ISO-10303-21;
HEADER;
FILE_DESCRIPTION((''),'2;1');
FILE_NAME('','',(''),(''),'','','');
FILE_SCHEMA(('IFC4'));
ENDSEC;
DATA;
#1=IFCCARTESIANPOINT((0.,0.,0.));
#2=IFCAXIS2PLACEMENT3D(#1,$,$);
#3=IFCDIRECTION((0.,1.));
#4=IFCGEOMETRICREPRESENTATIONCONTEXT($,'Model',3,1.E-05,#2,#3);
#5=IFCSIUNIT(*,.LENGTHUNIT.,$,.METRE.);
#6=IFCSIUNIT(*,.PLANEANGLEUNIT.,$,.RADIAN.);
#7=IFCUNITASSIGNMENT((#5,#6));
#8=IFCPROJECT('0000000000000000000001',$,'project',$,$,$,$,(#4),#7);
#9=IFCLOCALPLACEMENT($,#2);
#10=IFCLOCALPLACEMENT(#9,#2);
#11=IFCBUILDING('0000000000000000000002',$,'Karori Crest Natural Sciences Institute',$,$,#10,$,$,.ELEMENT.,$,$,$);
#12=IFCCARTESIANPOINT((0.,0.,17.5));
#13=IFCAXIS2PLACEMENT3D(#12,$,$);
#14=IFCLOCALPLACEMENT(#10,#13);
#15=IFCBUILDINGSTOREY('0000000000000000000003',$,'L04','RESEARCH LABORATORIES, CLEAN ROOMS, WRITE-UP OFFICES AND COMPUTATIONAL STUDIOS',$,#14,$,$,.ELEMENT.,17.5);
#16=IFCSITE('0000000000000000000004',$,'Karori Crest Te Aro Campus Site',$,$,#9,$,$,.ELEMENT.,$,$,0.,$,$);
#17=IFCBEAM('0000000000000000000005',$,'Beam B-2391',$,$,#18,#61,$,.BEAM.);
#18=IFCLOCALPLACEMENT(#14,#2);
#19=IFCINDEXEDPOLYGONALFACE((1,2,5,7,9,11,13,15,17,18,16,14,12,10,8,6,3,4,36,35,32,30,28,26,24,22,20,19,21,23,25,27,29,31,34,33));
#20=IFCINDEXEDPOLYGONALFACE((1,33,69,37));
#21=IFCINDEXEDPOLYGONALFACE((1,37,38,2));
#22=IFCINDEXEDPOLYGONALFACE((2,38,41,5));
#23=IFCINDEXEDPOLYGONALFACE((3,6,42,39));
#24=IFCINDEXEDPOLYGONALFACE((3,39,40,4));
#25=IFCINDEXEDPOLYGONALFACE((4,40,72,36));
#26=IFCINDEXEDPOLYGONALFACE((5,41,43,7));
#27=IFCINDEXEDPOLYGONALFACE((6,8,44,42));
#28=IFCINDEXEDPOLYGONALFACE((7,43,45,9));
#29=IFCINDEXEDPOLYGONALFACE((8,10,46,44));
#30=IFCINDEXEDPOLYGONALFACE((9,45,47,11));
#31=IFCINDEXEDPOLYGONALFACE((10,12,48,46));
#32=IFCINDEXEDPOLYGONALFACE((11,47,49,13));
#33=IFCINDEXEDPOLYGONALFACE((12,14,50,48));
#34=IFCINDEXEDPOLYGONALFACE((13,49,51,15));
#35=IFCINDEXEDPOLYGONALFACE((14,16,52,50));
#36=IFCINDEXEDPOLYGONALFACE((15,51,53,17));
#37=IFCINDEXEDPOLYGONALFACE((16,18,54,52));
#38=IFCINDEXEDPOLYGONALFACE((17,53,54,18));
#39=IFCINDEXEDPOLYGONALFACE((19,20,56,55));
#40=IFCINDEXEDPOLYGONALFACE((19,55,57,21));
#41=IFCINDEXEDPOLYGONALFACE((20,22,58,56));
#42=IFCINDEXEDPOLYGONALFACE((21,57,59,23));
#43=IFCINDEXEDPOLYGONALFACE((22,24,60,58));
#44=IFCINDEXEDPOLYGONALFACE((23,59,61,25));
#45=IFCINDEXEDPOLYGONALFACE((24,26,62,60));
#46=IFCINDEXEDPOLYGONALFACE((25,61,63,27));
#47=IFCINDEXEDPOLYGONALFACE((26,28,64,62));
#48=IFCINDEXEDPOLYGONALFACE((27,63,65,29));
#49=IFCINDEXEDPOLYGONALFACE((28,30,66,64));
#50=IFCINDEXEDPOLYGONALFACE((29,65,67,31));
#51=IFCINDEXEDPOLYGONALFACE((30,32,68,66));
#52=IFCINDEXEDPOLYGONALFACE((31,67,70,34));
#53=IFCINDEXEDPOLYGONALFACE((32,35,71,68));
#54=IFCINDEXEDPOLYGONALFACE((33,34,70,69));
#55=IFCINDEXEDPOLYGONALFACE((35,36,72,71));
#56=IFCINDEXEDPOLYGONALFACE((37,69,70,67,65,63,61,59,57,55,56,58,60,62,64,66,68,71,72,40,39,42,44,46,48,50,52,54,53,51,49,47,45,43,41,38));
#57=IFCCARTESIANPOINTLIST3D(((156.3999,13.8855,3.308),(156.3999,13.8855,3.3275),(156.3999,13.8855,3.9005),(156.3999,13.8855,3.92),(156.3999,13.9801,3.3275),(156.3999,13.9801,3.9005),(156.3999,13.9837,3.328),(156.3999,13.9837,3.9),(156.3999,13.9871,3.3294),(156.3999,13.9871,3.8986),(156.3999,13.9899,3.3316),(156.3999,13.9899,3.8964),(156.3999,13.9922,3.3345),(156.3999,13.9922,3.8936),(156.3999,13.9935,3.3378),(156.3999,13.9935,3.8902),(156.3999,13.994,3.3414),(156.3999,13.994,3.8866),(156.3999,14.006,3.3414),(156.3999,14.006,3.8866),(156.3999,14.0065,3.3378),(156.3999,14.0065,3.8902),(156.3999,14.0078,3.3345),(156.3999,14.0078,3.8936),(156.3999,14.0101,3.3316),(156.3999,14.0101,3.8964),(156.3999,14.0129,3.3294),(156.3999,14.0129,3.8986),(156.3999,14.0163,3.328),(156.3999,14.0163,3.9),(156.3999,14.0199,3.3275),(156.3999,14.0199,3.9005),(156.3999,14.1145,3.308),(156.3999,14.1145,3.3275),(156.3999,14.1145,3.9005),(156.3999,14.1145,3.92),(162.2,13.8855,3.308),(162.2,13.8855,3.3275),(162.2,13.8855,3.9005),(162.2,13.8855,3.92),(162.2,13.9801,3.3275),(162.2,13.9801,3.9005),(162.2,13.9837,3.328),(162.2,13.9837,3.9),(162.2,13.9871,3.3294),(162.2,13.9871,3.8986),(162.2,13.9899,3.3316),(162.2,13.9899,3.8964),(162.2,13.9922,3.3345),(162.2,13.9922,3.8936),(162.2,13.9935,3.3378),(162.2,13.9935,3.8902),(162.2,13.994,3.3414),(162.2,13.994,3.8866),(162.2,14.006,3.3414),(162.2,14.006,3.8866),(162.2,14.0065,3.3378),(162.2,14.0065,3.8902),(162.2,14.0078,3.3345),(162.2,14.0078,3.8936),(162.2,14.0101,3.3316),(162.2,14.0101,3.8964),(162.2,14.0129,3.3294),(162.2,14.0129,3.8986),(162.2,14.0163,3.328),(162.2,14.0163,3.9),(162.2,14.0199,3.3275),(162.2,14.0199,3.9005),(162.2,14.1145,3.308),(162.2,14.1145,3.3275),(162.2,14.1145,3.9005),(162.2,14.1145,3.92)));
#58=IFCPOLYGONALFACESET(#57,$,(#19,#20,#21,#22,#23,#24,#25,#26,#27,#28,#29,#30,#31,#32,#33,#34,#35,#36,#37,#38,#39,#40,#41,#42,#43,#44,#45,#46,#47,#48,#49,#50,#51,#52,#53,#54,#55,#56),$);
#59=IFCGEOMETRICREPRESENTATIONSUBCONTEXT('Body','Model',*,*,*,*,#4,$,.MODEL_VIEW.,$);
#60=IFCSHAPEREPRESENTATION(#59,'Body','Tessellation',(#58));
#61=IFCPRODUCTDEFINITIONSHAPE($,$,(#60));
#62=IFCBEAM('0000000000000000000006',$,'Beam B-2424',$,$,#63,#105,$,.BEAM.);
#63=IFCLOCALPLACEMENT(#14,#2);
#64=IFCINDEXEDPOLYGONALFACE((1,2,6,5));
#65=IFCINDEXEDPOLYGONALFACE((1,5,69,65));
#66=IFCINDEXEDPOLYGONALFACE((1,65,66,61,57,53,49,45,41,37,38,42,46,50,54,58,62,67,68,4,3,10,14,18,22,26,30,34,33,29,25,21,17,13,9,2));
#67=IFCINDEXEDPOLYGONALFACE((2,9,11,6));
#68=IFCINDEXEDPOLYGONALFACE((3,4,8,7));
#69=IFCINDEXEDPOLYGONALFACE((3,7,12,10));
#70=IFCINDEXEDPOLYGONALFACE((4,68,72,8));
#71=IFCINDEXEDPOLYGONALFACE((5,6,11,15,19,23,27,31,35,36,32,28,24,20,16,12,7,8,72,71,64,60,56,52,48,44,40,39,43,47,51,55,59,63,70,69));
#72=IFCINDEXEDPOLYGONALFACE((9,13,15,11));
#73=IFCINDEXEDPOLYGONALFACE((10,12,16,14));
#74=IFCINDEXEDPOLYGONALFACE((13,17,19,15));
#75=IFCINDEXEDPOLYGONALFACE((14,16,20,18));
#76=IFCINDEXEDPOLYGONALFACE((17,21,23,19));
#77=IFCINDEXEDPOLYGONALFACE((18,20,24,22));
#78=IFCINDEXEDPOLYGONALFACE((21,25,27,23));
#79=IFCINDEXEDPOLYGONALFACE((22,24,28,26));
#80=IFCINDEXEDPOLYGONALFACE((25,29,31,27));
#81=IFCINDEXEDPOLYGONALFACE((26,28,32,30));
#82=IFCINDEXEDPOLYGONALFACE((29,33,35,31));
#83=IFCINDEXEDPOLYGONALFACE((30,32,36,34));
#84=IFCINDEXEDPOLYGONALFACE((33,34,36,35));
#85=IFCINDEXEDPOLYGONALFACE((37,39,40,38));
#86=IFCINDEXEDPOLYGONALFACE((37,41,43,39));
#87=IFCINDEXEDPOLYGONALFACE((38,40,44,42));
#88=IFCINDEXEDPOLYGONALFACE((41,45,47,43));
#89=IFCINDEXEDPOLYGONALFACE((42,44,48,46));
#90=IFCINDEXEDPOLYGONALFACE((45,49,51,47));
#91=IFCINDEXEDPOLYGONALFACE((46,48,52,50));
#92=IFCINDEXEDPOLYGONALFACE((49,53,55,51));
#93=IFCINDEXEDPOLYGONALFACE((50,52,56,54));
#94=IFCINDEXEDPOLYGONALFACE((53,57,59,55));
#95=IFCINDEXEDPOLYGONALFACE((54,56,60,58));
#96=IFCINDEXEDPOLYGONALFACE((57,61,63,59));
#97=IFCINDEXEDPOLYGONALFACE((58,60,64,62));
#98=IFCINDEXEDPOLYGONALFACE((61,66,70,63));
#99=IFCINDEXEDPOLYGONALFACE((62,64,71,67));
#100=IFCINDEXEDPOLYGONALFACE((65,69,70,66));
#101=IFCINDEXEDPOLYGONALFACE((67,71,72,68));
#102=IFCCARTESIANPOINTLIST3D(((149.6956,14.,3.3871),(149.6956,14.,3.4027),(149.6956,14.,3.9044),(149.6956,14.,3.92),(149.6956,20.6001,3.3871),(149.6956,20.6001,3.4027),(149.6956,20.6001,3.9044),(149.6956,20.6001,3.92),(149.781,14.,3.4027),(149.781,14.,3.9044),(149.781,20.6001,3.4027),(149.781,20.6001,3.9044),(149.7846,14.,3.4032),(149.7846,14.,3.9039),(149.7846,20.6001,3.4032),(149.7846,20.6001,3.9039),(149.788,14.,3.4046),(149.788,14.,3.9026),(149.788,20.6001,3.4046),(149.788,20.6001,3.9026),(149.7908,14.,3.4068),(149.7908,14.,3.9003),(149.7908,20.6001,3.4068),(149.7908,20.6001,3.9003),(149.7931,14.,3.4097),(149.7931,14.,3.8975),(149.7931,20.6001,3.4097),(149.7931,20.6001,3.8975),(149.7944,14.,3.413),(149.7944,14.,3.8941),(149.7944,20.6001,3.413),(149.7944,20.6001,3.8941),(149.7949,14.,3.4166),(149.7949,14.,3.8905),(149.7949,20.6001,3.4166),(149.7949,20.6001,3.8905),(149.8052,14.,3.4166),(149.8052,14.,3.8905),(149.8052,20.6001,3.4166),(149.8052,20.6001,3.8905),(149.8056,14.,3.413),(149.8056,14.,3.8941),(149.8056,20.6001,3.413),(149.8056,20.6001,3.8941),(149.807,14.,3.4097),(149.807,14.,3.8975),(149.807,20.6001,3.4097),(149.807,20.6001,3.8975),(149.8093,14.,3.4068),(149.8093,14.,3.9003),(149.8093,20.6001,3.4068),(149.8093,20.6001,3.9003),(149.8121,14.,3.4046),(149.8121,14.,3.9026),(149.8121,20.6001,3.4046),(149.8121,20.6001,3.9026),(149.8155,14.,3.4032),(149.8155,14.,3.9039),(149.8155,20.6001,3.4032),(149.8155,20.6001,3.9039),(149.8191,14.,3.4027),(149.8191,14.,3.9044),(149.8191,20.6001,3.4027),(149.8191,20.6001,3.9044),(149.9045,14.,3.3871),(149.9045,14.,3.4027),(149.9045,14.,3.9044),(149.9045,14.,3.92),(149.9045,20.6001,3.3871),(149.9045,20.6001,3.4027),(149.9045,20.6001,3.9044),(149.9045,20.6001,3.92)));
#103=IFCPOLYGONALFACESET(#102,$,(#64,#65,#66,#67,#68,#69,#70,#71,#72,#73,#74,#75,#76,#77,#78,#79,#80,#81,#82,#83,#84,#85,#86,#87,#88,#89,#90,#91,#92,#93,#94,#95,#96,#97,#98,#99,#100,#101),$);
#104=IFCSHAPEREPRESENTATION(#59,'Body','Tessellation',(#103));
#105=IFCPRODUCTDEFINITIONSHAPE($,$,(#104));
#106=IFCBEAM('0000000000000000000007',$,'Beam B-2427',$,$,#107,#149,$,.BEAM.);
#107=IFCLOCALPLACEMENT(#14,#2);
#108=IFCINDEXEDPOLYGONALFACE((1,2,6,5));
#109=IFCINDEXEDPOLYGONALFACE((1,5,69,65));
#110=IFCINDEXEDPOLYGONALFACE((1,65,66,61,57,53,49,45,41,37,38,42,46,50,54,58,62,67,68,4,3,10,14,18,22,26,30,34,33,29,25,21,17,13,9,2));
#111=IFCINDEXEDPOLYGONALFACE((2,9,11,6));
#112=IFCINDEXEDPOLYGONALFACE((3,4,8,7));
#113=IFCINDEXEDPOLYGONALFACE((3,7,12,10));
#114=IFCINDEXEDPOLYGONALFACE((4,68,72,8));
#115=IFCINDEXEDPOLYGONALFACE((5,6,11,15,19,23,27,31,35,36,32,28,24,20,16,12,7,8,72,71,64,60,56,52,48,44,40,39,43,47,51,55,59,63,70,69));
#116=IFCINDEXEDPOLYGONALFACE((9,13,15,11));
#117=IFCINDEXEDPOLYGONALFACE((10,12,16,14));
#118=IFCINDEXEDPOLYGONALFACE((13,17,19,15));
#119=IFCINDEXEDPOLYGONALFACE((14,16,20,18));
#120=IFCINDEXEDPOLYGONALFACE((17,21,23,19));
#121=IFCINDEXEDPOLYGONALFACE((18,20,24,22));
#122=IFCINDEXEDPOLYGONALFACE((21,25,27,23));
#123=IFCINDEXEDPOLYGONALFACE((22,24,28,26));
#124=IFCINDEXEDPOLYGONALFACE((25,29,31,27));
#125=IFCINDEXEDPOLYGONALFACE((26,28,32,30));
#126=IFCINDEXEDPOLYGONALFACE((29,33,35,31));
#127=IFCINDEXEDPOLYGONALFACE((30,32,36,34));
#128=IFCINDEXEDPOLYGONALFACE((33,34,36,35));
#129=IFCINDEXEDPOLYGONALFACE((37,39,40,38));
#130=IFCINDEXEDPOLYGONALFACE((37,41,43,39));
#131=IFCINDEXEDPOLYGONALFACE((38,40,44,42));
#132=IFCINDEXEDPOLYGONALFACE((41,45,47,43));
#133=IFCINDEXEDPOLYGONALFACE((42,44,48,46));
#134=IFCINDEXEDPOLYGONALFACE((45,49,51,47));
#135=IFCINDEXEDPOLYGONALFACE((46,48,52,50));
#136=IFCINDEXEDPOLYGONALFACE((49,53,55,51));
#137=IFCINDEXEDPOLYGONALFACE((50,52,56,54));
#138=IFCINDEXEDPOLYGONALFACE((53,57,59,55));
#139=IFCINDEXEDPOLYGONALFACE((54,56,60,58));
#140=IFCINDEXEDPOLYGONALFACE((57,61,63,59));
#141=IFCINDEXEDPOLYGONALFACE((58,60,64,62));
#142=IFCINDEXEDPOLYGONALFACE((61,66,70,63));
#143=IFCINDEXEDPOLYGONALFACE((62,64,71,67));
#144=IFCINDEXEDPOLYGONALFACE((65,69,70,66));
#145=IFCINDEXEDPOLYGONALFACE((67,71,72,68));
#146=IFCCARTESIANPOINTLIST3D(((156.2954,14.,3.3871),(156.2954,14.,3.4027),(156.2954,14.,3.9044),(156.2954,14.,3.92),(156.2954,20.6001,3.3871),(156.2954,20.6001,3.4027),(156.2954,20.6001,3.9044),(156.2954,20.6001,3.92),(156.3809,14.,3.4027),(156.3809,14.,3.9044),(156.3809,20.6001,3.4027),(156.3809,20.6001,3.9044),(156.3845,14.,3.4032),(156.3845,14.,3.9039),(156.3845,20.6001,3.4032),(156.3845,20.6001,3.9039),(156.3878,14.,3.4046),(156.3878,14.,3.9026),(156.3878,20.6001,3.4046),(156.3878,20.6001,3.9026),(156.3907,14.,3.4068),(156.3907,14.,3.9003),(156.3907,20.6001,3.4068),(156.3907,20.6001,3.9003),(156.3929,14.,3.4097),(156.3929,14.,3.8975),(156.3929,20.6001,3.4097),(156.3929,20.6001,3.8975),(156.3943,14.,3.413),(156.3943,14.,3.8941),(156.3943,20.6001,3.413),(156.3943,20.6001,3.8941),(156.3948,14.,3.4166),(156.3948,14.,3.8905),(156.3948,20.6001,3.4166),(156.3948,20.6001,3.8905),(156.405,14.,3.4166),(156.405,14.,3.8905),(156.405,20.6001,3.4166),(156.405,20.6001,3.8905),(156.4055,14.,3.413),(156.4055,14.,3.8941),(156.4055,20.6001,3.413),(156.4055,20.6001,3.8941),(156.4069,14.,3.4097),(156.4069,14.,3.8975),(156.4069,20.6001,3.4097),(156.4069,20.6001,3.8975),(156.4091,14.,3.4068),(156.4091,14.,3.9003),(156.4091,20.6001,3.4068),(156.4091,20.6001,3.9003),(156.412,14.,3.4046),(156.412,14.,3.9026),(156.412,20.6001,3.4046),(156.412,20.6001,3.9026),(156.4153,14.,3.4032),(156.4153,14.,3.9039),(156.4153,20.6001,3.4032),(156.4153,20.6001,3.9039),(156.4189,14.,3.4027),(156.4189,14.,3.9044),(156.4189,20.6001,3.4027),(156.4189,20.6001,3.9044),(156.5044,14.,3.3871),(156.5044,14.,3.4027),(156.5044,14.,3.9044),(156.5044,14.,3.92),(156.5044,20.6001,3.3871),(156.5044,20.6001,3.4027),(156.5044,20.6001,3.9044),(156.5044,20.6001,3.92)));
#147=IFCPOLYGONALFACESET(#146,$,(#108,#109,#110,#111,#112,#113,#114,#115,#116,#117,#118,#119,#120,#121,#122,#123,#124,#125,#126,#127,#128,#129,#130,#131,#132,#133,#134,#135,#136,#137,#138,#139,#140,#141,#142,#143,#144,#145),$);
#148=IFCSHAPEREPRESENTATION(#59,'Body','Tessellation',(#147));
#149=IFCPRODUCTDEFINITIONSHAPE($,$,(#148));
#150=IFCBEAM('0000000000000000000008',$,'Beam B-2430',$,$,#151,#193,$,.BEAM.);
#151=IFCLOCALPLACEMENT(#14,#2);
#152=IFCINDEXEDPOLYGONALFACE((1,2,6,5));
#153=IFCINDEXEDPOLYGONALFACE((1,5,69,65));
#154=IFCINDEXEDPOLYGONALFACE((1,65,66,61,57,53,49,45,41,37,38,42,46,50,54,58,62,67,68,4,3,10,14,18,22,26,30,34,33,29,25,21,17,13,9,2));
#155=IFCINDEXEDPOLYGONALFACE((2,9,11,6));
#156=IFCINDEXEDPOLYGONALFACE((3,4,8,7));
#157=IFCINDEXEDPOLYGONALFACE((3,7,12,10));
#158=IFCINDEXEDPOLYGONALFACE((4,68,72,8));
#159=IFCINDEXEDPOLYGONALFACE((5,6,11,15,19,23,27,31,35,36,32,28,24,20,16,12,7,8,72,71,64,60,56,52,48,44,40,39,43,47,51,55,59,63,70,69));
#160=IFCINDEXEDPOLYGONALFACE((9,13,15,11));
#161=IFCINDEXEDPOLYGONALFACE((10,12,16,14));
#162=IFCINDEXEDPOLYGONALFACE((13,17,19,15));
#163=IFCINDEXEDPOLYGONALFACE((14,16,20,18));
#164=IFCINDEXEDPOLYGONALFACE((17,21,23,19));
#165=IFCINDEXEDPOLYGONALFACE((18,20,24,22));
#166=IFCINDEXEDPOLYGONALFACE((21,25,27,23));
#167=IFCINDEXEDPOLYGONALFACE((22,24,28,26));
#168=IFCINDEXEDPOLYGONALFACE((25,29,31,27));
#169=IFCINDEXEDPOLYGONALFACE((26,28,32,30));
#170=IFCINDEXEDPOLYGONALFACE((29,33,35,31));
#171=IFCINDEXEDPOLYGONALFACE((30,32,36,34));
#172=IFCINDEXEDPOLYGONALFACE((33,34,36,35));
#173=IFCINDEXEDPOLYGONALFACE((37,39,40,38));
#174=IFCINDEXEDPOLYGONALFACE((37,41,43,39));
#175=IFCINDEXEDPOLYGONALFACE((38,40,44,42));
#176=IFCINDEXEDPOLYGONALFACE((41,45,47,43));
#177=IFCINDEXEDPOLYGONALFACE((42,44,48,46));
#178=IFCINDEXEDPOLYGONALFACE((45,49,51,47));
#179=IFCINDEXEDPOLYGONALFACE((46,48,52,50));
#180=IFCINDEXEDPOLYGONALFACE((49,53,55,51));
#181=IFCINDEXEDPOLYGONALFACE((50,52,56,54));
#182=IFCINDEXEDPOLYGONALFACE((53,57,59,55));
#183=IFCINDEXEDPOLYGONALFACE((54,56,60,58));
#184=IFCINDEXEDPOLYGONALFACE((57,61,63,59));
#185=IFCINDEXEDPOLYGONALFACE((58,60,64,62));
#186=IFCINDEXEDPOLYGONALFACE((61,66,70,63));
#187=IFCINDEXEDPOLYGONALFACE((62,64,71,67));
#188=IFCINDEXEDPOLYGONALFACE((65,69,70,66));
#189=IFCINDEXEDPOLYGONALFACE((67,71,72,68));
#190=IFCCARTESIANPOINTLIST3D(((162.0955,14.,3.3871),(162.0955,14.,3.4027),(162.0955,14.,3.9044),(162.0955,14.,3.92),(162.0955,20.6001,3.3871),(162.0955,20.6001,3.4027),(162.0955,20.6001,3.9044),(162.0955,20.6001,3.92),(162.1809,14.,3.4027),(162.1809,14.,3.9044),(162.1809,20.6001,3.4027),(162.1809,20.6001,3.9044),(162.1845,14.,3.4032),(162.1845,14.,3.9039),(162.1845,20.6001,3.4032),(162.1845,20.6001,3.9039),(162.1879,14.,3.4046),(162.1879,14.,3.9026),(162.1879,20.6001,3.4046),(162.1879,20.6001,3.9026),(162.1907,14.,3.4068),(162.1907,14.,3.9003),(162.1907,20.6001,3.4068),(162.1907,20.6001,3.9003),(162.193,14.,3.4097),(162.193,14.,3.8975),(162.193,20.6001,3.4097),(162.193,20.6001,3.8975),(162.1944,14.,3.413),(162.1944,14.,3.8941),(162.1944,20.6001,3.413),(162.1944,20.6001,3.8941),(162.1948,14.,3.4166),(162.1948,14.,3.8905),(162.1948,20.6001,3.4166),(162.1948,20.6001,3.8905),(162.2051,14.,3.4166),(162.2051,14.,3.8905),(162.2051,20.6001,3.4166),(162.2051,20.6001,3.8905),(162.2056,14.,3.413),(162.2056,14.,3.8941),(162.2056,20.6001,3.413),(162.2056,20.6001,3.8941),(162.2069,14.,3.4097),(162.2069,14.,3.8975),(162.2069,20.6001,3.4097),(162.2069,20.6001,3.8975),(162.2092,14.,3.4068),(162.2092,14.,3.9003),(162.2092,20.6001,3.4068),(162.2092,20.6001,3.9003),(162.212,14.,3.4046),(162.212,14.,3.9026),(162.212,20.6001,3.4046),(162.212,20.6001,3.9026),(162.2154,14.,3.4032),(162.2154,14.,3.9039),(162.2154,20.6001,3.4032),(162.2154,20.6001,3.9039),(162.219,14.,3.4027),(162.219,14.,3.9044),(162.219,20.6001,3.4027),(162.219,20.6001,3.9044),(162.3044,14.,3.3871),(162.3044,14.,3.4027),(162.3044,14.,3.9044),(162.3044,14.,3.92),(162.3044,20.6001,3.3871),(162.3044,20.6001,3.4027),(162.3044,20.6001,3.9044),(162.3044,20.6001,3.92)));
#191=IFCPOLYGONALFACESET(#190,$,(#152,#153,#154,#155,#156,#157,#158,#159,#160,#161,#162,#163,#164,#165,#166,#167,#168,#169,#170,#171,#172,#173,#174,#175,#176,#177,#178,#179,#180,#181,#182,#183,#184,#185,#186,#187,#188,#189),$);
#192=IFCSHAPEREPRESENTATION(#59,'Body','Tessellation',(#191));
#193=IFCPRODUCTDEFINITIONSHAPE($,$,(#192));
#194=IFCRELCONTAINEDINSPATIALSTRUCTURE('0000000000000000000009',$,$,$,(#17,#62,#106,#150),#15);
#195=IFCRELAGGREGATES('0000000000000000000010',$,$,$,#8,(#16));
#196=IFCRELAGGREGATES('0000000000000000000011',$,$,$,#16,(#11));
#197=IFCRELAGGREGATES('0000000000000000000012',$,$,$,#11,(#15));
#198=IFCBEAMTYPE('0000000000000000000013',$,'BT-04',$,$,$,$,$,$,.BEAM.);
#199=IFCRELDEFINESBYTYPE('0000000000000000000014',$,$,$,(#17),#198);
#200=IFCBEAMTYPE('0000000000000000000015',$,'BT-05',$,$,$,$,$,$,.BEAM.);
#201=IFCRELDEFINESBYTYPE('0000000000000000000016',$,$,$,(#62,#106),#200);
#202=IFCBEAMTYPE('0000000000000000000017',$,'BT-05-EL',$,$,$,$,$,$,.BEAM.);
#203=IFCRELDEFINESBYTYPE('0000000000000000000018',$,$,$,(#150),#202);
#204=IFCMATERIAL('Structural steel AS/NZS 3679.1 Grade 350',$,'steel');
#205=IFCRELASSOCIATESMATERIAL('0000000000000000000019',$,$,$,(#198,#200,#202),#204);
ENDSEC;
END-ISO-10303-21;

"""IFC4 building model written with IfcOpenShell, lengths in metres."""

from ifc_helpers import new_model, si_unit, direction, frame, origin, origin_2d, place, context, subcontext, project, spatial, i_section, extrude, material, material_profile, profile_set, type_object, element, save


model = new_model("IFC4")

# Units and contexts
model_context = context("Model", 3, precision=1e-05, world=origin(), true_north=direction((0.0, 1.0)))
body_context = subcontext(model_context, "Body", "Model", "MODEL_VIEW")
ifc_project = project(units=[si_unit("LENGTHUNIT", "METRE"), si_unit("PLANEANGLEUNIT", "RADIAN")], contexts=[model_context])

# Site, building, storey
site_placement = place(None, origin())
site = spatial("IfcSite", under=ifc_project, at=site_placement, Name="Karori Crest Te Aro Campus Site", CompositionType="ELEMENT", RefElevation=0.0)
building_placement = place(site_placement, origin())
building = spatial("IfcBuilding", under=site, at=building_placement, Name="Karori Crest Natural Sciences Institute", CompositionType="ELEMENT")
storey_placement = place(building_placement, frame((0.0, 0.0, 17.5)))
storey = spatial("IfcBuildingStorey", under=building, at=storey_placement, Name="L04", Description="RESEARCH LABORATORIES, CLEAN ROOMS, WRITE-UP OFFICES AND COMPUTATIONAL STUDIOS", CompositionType="ELEMENT", Elevation=17.5)

# Shared definitions
ifc_material_1 = material(Name="Structural steel AS/NZS 3679.1 Grade 350", Category="steel")

# Beams
ifc_material_profile_1 = material_profile(ifc_material_1, i_section(OverallWidth=0.229, OverallDepth=0.6121, WebThickness=0.012, FlangeThickness=0.0195, FilletRadius=0.0139, at=origin_2d()), Name="610UB125")
ifc_profile_set_1 = profile_set([ifc_material_profile_1], Name="Structural steel AS/NZS 3679.1 Grade 350")
beam_type_1 = type_object("IfcBeamType", Name="BT-04", PredefinedType="BEAM", material=ifc_profile_set_1)
beam_1_placement = place(storey_placement, frame((156.3999, 14.0, 3.614), z_axis=(1.0, 0.0, 0.0), x_axis=(0.0, 1.0, 0.0)))
element("IfcBeam", 1, at=beam_1_placement, inside=storey, type_object=beam_type_1, Name="Beam B-2391", PredefinedType="BEAM", context=body_context, shape_type="SweptSolid", body=[
    extrude(i_section(OverallWidth=0.229, OverallDepth=0.6121, WebThickness=0.012, FlangeThickness=0.0195, FilletRadius=0.0139, at=origin_2d()), origin(), (0.0, 0.0, 1.0), 5.8),
])
ifc_material_profile_2 = material_profile(ifc_material_1, i_section(OverallWidth=0.209, OverallDepth=0.533, WebThickness=0.0103, FlangeThickness=0.0156, FilletRadius=0.0139, at=origin_2d()), Name="530UB92.4")
ifc_profile_set_2 = profile_set([ifc_material_profile_2], Name="Structural steel AS/NZS 3679.1 Grade 350")
beam_type_2 = type_object("IfcBeamType", Name="BT-05", PredefinedType="BEAM", material=ifc_profile_set_2)
for number, where, z_axis, x_axis, name in (
    (2, (149.8, 14.0, 3.6536), (0.0, 1.0, 0.0), (-1.0, 0.0, 0.0), "Beam B-2424"),
    (3, (156.3999, 14.0, 3.6536), (0.0, 1.0, 0.0), (-1.0, 0.0, 0.0), "Beam B-2427"),
):
    element("IfcBeam", number, at=place(storey_placement, frame(where, z_axis=z_axis, x_axis=x_axis)), inside=storey, type_object=beam_type_2, Name=name, PredefinedType="BEAM", context=body_context, shape_type="SweptSolid", body=[
        extrude(i_section(OverallWidth=0.209, OverallDepth=0.533, WebThickness=0.0103, FlangeThickness=0.0156, FilletRadius=0.0139, at=origin_2d()), origin(), (0.0, 0.0, 1.0), 6.6001),
    ])
ifc_material_profile_3 = material_profile(ifc_material_1, i_section(OverallWidth=0.209, OverallDepth=0.533, WebThickness=0.0103, FlangeThickness=0.0156, FilletRadius=0.0139, at=origin_2d()), Name="530UB92.4")
ifc_profile_set_3 = profile_set([ifc_material_profile_3], Name="Structural steel AS/NZS 3679.1 Grade 350")
beam_type_3 = type_object("IfcBeamType", Name="BT-05-EL", PredefinedType="BEAM", material=ifc_profile_set_3)
beam_2_placement = place(storey_placement, frame((162.2, 14.0, 3.6536), z_axis=(0.0, 1.0, 0.0), x_axis=(-1.0, 0.0, 0.0)))
element("IfcBeam", 4, at=beam_2_placement, inside=storey, type_object=beam_type_3, Name="Beam B-2430", PredefinedType="BEAM", context=body_context, shape_type="SweptSolid", body=[
    extrude(i_section(OverallWidth=0.209, OverallDepth=0.533, WebThickness=0.0103, FlangeThickness=0.0156, FilletRadius=0.0139, at=origin_2d()), origin(), (0.0, 0.0, 1.0), 6.6001),
])

save(model, "model.ifc")
